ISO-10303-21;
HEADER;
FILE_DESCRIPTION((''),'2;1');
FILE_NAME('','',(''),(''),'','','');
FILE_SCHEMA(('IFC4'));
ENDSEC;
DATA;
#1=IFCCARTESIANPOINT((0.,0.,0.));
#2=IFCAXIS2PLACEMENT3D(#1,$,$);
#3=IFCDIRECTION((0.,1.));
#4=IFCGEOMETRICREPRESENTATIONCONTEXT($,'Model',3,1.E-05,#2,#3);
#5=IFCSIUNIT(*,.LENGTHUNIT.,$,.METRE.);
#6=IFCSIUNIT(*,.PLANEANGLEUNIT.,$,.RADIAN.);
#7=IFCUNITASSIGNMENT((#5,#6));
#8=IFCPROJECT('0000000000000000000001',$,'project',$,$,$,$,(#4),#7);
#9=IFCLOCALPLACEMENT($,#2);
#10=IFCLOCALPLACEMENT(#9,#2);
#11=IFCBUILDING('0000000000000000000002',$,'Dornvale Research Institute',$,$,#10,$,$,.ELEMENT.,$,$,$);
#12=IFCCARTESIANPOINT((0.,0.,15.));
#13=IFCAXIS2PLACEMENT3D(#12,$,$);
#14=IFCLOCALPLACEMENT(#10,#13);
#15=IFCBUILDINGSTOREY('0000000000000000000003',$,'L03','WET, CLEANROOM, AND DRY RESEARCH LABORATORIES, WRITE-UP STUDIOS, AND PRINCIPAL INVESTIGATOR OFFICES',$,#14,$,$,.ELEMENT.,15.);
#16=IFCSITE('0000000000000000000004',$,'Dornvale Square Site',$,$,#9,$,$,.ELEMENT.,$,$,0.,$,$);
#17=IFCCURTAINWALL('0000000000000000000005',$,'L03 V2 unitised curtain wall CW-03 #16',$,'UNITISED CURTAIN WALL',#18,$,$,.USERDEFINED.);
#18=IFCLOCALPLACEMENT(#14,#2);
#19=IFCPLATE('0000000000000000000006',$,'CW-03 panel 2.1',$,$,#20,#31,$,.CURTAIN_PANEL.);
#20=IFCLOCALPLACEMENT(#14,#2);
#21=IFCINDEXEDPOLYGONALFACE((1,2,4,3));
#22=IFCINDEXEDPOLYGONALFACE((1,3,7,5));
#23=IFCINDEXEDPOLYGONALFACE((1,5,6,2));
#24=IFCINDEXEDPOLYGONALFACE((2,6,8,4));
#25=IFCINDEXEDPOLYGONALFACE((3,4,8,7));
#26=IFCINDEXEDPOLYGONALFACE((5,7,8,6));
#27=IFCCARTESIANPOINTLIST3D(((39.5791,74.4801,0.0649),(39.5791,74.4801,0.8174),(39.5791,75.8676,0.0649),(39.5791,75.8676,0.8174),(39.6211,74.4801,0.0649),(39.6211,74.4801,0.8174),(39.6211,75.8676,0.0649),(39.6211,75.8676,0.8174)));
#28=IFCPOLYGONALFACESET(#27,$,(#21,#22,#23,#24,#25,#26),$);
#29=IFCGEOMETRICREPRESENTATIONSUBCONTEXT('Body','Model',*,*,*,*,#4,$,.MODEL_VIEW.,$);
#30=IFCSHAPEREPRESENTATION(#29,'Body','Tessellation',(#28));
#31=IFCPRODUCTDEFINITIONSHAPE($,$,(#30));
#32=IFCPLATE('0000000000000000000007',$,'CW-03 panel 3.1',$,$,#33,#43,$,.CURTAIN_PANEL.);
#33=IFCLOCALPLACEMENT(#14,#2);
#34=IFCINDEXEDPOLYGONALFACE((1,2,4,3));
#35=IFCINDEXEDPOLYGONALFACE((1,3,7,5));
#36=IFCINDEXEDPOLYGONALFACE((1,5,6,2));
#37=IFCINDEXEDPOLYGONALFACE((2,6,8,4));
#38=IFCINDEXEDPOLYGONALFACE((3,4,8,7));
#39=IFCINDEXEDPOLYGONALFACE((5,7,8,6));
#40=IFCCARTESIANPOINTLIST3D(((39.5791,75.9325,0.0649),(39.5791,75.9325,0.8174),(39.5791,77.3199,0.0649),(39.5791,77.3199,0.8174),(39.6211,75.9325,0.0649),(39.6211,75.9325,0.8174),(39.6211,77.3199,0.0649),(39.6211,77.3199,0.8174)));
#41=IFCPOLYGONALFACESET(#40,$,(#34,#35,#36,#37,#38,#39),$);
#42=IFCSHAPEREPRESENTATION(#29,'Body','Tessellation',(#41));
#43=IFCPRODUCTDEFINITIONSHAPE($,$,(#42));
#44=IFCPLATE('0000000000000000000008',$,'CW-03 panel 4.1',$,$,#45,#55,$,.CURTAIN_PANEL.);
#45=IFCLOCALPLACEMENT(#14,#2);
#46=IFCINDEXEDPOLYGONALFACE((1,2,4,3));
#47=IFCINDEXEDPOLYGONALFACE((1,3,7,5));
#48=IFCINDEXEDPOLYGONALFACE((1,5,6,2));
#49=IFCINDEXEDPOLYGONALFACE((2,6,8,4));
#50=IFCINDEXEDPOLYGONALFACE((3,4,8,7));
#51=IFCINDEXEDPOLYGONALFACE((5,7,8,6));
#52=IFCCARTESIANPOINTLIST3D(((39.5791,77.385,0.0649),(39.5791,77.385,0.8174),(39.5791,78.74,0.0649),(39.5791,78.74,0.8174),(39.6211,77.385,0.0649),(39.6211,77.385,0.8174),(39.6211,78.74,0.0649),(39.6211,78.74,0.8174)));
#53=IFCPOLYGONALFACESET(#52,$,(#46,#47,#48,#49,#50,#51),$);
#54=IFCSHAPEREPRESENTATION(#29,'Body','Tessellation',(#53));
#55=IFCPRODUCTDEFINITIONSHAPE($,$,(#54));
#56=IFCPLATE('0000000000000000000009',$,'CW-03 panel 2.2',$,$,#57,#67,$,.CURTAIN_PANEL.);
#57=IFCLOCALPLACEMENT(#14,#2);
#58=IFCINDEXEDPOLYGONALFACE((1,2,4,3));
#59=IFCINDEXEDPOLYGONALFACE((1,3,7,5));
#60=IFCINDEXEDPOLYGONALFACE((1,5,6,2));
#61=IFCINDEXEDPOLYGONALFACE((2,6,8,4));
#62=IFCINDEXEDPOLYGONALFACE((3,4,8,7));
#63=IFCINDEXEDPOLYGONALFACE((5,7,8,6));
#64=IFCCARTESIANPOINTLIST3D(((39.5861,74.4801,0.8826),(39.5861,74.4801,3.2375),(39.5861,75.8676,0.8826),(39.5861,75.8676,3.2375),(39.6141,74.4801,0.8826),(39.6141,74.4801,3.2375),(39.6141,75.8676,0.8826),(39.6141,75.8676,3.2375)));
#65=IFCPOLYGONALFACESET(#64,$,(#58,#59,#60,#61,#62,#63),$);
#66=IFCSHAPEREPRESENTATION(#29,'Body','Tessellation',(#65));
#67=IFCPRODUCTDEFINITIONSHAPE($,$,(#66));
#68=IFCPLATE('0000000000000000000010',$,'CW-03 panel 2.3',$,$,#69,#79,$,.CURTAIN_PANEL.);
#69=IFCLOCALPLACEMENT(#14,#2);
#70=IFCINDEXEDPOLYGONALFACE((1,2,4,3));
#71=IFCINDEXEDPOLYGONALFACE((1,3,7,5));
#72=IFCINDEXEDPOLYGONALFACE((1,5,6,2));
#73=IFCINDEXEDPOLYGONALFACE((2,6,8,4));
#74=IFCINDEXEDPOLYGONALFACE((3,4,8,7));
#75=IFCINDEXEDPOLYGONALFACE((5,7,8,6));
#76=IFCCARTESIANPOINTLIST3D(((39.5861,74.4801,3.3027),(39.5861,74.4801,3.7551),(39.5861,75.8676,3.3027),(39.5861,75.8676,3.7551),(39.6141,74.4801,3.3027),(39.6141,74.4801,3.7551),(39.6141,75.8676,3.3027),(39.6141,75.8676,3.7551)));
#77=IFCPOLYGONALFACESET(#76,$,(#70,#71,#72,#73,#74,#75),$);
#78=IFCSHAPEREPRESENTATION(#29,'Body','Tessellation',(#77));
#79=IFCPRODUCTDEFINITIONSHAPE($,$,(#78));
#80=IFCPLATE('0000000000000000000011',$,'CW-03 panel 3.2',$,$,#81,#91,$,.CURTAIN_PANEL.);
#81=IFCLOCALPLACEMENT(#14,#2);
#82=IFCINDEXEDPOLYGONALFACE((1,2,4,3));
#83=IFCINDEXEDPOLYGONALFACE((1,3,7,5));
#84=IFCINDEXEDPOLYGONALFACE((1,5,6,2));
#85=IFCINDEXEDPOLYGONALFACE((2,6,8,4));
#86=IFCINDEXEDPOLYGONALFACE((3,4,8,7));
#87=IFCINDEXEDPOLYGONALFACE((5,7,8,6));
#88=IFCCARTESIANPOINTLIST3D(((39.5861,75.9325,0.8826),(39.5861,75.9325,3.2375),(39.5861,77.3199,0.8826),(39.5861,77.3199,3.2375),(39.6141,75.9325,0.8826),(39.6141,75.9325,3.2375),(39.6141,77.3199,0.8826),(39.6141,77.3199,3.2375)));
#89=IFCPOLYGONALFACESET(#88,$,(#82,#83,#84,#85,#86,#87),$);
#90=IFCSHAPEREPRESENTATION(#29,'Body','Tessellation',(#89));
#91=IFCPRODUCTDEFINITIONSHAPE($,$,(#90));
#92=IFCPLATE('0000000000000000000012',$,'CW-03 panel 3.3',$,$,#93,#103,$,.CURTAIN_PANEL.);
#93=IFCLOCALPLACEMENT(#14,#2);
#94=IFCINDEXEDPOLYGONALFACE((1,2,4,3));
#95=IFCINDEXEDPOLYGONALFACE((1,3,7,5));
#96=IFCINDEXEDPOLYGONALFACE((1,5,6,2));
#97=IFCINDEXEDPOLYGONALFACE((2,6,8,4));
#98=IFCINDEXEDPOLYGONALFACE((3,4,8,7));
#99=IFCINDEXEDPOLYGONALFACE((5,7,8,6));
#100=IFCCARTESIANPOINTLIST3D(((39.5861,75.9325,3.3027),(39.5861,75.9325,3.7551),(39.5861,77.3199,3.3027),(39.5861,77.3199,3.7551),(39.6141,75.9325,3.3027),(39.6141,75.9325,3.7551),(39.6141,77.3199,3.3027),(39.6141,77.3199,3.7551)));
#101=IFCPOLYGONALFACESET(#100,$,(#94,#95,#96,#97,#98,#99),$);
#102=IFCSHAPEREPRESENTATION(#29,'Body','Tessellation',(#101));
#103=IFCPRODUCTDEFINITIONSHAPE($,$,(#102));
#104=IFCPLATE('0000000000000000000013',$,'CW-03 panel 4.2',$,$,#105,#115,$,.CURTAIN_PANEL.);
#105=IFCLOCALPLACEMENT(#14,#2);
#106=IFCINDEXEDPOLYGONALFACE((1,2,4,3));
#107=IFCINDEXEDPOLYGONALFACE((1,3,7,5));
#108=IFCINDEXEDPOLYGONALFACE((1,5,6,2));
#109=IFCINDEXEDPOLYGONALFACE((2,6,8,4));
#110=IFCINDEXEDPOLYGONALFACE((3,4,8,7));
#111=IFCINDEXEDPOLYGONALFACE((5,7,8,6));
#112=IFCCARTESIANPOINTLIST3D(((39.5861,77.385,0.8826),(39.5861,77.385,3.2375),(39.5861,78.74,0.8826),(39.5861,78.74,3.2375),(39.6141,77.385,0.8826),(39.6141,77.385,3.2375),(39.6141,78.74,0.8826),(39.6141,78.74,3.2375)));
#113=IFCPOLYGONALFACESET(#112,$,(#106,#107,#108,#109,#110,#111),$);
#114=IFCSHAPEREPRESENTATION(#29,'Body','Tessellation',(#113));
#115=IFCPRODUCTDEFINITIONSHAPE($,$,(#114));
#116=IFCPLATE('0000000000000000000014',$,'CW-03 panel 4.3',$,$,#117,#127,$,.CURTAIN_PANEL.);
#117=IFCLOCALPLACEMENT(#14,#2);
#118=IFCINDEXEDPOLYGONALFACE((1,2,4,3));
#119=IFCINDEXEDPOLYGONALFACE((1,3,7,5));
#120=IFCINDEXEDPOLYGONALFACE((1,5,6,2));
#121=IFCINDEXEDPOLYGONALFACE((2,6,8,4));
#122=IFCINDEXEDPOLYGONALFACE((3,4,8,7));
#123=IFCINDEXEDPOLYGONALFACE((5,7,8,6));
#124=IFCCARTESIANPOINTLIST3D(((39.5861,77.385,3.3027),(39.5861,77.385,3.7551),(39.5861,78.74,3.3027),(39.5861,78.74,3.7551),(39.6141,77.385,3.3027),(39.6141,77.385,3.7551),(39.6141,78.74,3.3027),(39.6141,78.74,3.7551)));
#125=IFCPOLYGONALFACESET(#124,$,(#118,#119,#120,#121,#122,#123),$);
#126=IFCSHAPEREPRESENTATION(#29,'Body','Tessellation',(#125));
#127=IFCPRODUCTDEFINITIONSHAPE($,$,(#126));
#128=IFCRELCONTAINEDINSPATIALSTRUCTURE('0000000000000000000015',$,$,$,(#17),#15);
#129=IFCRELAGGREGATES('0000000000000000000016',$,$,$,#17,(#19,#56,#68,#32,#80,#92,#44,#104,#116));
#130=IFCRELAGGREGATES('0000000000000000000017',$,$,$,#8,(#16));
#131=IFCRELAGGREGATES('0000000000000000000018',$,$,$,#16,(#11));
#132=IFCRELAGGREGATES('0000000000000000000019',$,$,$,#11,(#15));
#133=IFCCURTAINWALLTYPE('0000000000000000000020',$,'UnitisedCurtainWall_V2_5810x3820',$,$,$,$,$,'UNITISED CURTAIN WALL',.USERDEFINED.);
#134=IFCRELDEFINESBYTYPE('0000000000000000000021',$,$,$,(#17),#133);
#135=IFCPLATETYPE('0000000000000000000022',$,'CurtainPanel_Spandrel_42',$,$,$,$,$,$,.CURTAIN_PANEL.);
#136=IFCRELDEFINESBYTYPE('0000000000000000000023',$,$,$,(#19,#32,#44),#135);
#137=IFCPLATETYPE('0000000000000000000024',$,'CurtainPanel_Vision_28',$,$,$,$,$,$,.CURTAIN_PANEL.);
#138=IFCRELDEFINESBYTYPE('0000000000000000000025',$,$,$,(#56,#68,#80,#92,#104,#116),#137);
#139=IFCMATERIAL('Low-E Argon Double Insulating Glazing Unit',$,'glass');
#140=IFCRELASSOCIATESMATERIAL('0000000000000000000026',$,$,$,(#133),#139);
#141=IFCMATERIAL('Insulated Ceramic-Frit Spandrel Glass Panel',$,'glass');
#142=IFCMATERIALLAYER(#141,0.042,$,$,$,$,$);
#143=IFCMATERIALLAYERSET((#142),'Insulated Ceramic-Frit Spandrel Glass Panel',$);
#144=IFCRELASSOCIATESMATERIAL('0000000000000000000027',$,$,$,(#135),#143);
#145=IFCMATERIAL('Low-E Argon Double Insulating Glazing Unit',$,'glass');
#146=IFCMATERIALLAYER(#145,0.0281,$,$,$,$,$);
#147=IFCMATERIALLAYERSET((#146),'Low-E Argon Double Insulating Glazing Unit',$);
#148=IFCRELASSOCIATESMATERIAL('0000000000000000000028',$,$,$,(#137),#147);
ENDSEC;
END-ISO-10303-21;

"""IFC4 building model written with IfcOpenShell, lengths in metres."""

from ifc_helpers import new_model, si_unit, direction, frame, origin, origin_2d, place, context, subcontext, project, spatial, rectangle, extrude, material, layer, layer_set, type_object, element, aggregate, save


model = new_model("IFC4")

# Units and contexts
model_context = context("Model", 3, precision=1e-05, world=origin(), true_north=direction((0.0, 1.0)))
body_context = subcontext(model_context, "Body", "Model", "MODEL_VIEW")
ifc_project = project(units=[si_unit("LENGTHUNIT", "METRE"), si_unit("PLANEANGLEUNIT", "RADIAN")], contexts=[model_context])

# Site, building, storey
site_placement = place(None, origin())
site = spatial("IfcSite", under=ifc_project, at=site_placement, Name="Dornvale Square Site", CompositionType="ELEMENT", RefElevation=0.0)
building_placement = place(site_placement, origin())
building = spatial("IfcBuilding", under=site, at=building_placement, Name="Dornvale Research Institute", CompositionType="ELEMENT")
storey_placement = place(building_placement, frame((0.0, 0.0, 15.0)))
storey = spatial("IfcBuildingStorey", under=building, at=storey_placement, Name="L03", Description="WET, CLEANROOM, AND DRY RESEARCH LABORATORIES, WRITE-UP STUDIOS, AND PRINCIPAL INVESTIGATOR OFFICES", CompositionType="ELEMENT", Elevation=15.0)

# Curtain wall, plates
ifc_material_1 = material(Name="Low-E Argon Double Insulating Glazing Unit", Category="glass")
curtain_wall_type = type_object("IfcCurtainWallType", Name="UnitisedCurtainWall_V2_5810x3820", ElementType="UNITISED CURTAIN WALL", PredefinedType="USERDEFINED", material=ifc_material_1)
curtain_wall_placement = place(storey_placement, origin())
curtain_wall = element("IfcCurtainWall", 1, at=curtain_wall_placement, inside=storey, type_object=curtain_wall_type, Name="L03 V2 unitised curtain wall CW-03 #16", ObjectType="UNITISED CURTAIN WALL", PredefinedType="USERDEFINED")
ifc_material_2 = material(Name="Insulated Ceramic-Frit Spandrel Glass Panel", Category="glass")
ifc_layer_1 = layer(ifc_material_2, 0.042)
ifc_layer_set_1 = layer_set([ifc_layer_1], Name="Insulated Ceramic-Frit Spandrel Glass Panel")
plate_type_1 = type_object("IfcPlateType", Name="CurtainPanel_Spandrel_42", PredefinedType="CURTAIN_PANEL", material=ifc_layer_set_1)
plate_1_placement = place(storey_placement, frame((39.6001, 75.1738, 0.0649), z_axis=(0.0, 0.0, 1.0), x_axis=(0.0, 1.0, 0.0)))
plate_1 = element("IfcPlate", 2, at=plate_1_placement, type_object=plate_type_1, Name="CW-03 panel 2.1", PredefinedType="CURTAIN_PANEL", context=body_context, shape_type="SweptSolid", body=[
    extrude(rectangle(XDim=1.3875, YDim=0.042, at=origin_2d()), origin(), (0.0, 0.0, 1.0), 0.7524),
])
plate_2_placement = place(storey_placement, frame((39.6001, 76.6262, 0.0649), z_axis=(0.0, 0.0, 1.0), x_axis=(0.0, 1.0, 0.0)))
plate_2 = element("IfcPlate", 3, at=plate_2_placement, type_object=plate_type_1, Name="CW-03 panel 3.1", PredefinedType="CURTAIN_PANEL", context=body_context, shape_type="SweptSolid", body=[
    extrude(rectangle(XDim=1.3875, YDim=0.042, at=origin_2d()), origin(), (0.0, 0.0, 1.0), 0.7524),
])
plate_3_placement = place(storey_placement, frame((39.6001, 78.0625, 0.0649), z_axis=(0.0, 0.0, 1.0), x_axis=(0.0, 1.0, 0.0)))
plate_3 = element("IfcPlate", 4, at=plate_3_placement, type_object=plate_type_1, Name="CW-03 panel 4.1", PredefinedType="CURTAIN_PANEL", context=body_context, shape_type="SweptSolid", body=[
    extrude(rectangle(XDim=1.355, YDim=0.042, at=origin_2d()), origin(), (0.0, 0.0, 1.0), 0.7524),
])
ifc_material_3 = material(Name="Low-E Argon Double Insulating Glazing Unit", Category="glass")
ifc_layer_2 = layer(ifc_material_3, 0.0281)
ifc_layer_set_2 = layer_set([ifc_layer_2], Name="Low-E Argon Double Insulating Glazing Unit")
plate_type_2 = type_object("IfcPlateType", Name="CurtainPanel_Vision_28", PredefinedType="CURTAIN_PANEL", material=ifc_layer_set_2)
plate_4_placement = place(storey_placement, frame((39.6001, 75.1738, 0.8826), z_axis=(0.0, 0.0, 1.0), x_axis=(0.0, 1.0, 0.0)))
plate_4 = element("IfcPlate", 5, at=plate_4_placement, type_object=plate_type_2, Name="CW-03 panel 2.2", PredefinedType="CURTAIN_PANEL", context=body_context, shape_type="SweptSolid", body=[
    extrude(rectangle(XDim=1.3875, YDim=0.0281, at=origin_2d()), origin(), (0.0, 0.0, 1.0), 2.355),
])
plate_5_placement = place(storey_placement, frame((39.6001, 75.1738, 3.3027), z_axis=(0.0, 0.0, 1.0), x_axis=(0.0, 1.0, 0.0)))
plate_5 = element("IfcPlate", 6, at=plate_5_placement, type_object=plate_type_2, Name="CW-03 panel 2.3", PredefinedType="CURTAIN_PANEL", context=body_context, shape_type="SweptSolid", body=[
    extrude(rectangle(XDim=1.3875, YDim=0.0281, at=origin_2d()), origin(), (0.0, 0.0, 1.0), 0.4524),
])
plate_6_placement = place(storey_placement, frame((39.6001, 76.6262, 0.8826), z_axis=(0.0, 0.0, 1.0), x_axis=(0.0, 1.0, 0.0)))
plate_6 = element("IfcPlate", 7, at=plate_6_placement, type_object=plate_type_2, Name="CW-03 panel 3.2", PredefinedType="CURTAIN_PANEL", context=body_context, shape_type="SweptSolid", body=[
    extrude(rectangle(XDim=1.3875, YDim=0.0281, at=origin_2d()), origin(), (0.0, 0.0, 1.0), 2.355),
])
plate_7_placement = place(storey_placement, frame((39.6001, 76.6262, 3.3027), z_axis=(0.0, 0.0, 1.0), x_axis=(0.0, 1.0, 0.0)))
plate_7 = element("IfcPlate", 8, at=plate_7_placement, type_object=plate_type_2, Name="CW-03 panel 3.3", PredefinedType="CURTAIN_PANEL", context=body_context, shape_type="SweptSolid", body=[
    extrude(rectangle(XDim=1.3875, YDim=0.0281, at=origin_2d()), origin(), (0.0, 0.0, 1.0), 0.4524),
])
plate_8_placement = place(storey_placement, frame((39.6001, 78.0625, 0.8826), z_axis=(0.0, 0.0, 1.0), x_axis=(0.0, 1.0, 0.0)))
plate_8 = element("IfcPlate", 9, at=plate_8_placement, type_object=plate_type_2, Name="CW-03 panel 4.2", PredefinedType="CURTAIN_PANEL", context=body_context, shape_type="SweptSolid", body=[
    extrude(rectangle(XDim=1.355, YDim=0.0281, at=origin_2d()), origin(), (0.0, 0.0, 1.0), 2.355),
])
plate_9_placement = place(storey_placement, frame((39.6001, 78.0625, 3.3027), z_axis=(0.0, 0.0, 1.0), x_axis=(0.0, 1.0, 0.0)))
plate_9 = element("IfcPlate", 10, at=plate_9_placement, type_object=plate_type_2, Name="CW-03 panel 4.3", PredefinedType="CURTAIN_PANEL", context=body_context, shape_type="SweptSolid", body=[
    extrude(rectangle(XDim=1.355, YDim=0.0281, at=origin_2d()), origin(), (0.0, 0.0, 1.0), 0.4524),
])
aggregate(curtain_wall, [plate_1, plate_4, plate_5, plate_2, plate_6, plate_7, plate_3, plate_8, plate_9])

save(model, "model.ifc")
